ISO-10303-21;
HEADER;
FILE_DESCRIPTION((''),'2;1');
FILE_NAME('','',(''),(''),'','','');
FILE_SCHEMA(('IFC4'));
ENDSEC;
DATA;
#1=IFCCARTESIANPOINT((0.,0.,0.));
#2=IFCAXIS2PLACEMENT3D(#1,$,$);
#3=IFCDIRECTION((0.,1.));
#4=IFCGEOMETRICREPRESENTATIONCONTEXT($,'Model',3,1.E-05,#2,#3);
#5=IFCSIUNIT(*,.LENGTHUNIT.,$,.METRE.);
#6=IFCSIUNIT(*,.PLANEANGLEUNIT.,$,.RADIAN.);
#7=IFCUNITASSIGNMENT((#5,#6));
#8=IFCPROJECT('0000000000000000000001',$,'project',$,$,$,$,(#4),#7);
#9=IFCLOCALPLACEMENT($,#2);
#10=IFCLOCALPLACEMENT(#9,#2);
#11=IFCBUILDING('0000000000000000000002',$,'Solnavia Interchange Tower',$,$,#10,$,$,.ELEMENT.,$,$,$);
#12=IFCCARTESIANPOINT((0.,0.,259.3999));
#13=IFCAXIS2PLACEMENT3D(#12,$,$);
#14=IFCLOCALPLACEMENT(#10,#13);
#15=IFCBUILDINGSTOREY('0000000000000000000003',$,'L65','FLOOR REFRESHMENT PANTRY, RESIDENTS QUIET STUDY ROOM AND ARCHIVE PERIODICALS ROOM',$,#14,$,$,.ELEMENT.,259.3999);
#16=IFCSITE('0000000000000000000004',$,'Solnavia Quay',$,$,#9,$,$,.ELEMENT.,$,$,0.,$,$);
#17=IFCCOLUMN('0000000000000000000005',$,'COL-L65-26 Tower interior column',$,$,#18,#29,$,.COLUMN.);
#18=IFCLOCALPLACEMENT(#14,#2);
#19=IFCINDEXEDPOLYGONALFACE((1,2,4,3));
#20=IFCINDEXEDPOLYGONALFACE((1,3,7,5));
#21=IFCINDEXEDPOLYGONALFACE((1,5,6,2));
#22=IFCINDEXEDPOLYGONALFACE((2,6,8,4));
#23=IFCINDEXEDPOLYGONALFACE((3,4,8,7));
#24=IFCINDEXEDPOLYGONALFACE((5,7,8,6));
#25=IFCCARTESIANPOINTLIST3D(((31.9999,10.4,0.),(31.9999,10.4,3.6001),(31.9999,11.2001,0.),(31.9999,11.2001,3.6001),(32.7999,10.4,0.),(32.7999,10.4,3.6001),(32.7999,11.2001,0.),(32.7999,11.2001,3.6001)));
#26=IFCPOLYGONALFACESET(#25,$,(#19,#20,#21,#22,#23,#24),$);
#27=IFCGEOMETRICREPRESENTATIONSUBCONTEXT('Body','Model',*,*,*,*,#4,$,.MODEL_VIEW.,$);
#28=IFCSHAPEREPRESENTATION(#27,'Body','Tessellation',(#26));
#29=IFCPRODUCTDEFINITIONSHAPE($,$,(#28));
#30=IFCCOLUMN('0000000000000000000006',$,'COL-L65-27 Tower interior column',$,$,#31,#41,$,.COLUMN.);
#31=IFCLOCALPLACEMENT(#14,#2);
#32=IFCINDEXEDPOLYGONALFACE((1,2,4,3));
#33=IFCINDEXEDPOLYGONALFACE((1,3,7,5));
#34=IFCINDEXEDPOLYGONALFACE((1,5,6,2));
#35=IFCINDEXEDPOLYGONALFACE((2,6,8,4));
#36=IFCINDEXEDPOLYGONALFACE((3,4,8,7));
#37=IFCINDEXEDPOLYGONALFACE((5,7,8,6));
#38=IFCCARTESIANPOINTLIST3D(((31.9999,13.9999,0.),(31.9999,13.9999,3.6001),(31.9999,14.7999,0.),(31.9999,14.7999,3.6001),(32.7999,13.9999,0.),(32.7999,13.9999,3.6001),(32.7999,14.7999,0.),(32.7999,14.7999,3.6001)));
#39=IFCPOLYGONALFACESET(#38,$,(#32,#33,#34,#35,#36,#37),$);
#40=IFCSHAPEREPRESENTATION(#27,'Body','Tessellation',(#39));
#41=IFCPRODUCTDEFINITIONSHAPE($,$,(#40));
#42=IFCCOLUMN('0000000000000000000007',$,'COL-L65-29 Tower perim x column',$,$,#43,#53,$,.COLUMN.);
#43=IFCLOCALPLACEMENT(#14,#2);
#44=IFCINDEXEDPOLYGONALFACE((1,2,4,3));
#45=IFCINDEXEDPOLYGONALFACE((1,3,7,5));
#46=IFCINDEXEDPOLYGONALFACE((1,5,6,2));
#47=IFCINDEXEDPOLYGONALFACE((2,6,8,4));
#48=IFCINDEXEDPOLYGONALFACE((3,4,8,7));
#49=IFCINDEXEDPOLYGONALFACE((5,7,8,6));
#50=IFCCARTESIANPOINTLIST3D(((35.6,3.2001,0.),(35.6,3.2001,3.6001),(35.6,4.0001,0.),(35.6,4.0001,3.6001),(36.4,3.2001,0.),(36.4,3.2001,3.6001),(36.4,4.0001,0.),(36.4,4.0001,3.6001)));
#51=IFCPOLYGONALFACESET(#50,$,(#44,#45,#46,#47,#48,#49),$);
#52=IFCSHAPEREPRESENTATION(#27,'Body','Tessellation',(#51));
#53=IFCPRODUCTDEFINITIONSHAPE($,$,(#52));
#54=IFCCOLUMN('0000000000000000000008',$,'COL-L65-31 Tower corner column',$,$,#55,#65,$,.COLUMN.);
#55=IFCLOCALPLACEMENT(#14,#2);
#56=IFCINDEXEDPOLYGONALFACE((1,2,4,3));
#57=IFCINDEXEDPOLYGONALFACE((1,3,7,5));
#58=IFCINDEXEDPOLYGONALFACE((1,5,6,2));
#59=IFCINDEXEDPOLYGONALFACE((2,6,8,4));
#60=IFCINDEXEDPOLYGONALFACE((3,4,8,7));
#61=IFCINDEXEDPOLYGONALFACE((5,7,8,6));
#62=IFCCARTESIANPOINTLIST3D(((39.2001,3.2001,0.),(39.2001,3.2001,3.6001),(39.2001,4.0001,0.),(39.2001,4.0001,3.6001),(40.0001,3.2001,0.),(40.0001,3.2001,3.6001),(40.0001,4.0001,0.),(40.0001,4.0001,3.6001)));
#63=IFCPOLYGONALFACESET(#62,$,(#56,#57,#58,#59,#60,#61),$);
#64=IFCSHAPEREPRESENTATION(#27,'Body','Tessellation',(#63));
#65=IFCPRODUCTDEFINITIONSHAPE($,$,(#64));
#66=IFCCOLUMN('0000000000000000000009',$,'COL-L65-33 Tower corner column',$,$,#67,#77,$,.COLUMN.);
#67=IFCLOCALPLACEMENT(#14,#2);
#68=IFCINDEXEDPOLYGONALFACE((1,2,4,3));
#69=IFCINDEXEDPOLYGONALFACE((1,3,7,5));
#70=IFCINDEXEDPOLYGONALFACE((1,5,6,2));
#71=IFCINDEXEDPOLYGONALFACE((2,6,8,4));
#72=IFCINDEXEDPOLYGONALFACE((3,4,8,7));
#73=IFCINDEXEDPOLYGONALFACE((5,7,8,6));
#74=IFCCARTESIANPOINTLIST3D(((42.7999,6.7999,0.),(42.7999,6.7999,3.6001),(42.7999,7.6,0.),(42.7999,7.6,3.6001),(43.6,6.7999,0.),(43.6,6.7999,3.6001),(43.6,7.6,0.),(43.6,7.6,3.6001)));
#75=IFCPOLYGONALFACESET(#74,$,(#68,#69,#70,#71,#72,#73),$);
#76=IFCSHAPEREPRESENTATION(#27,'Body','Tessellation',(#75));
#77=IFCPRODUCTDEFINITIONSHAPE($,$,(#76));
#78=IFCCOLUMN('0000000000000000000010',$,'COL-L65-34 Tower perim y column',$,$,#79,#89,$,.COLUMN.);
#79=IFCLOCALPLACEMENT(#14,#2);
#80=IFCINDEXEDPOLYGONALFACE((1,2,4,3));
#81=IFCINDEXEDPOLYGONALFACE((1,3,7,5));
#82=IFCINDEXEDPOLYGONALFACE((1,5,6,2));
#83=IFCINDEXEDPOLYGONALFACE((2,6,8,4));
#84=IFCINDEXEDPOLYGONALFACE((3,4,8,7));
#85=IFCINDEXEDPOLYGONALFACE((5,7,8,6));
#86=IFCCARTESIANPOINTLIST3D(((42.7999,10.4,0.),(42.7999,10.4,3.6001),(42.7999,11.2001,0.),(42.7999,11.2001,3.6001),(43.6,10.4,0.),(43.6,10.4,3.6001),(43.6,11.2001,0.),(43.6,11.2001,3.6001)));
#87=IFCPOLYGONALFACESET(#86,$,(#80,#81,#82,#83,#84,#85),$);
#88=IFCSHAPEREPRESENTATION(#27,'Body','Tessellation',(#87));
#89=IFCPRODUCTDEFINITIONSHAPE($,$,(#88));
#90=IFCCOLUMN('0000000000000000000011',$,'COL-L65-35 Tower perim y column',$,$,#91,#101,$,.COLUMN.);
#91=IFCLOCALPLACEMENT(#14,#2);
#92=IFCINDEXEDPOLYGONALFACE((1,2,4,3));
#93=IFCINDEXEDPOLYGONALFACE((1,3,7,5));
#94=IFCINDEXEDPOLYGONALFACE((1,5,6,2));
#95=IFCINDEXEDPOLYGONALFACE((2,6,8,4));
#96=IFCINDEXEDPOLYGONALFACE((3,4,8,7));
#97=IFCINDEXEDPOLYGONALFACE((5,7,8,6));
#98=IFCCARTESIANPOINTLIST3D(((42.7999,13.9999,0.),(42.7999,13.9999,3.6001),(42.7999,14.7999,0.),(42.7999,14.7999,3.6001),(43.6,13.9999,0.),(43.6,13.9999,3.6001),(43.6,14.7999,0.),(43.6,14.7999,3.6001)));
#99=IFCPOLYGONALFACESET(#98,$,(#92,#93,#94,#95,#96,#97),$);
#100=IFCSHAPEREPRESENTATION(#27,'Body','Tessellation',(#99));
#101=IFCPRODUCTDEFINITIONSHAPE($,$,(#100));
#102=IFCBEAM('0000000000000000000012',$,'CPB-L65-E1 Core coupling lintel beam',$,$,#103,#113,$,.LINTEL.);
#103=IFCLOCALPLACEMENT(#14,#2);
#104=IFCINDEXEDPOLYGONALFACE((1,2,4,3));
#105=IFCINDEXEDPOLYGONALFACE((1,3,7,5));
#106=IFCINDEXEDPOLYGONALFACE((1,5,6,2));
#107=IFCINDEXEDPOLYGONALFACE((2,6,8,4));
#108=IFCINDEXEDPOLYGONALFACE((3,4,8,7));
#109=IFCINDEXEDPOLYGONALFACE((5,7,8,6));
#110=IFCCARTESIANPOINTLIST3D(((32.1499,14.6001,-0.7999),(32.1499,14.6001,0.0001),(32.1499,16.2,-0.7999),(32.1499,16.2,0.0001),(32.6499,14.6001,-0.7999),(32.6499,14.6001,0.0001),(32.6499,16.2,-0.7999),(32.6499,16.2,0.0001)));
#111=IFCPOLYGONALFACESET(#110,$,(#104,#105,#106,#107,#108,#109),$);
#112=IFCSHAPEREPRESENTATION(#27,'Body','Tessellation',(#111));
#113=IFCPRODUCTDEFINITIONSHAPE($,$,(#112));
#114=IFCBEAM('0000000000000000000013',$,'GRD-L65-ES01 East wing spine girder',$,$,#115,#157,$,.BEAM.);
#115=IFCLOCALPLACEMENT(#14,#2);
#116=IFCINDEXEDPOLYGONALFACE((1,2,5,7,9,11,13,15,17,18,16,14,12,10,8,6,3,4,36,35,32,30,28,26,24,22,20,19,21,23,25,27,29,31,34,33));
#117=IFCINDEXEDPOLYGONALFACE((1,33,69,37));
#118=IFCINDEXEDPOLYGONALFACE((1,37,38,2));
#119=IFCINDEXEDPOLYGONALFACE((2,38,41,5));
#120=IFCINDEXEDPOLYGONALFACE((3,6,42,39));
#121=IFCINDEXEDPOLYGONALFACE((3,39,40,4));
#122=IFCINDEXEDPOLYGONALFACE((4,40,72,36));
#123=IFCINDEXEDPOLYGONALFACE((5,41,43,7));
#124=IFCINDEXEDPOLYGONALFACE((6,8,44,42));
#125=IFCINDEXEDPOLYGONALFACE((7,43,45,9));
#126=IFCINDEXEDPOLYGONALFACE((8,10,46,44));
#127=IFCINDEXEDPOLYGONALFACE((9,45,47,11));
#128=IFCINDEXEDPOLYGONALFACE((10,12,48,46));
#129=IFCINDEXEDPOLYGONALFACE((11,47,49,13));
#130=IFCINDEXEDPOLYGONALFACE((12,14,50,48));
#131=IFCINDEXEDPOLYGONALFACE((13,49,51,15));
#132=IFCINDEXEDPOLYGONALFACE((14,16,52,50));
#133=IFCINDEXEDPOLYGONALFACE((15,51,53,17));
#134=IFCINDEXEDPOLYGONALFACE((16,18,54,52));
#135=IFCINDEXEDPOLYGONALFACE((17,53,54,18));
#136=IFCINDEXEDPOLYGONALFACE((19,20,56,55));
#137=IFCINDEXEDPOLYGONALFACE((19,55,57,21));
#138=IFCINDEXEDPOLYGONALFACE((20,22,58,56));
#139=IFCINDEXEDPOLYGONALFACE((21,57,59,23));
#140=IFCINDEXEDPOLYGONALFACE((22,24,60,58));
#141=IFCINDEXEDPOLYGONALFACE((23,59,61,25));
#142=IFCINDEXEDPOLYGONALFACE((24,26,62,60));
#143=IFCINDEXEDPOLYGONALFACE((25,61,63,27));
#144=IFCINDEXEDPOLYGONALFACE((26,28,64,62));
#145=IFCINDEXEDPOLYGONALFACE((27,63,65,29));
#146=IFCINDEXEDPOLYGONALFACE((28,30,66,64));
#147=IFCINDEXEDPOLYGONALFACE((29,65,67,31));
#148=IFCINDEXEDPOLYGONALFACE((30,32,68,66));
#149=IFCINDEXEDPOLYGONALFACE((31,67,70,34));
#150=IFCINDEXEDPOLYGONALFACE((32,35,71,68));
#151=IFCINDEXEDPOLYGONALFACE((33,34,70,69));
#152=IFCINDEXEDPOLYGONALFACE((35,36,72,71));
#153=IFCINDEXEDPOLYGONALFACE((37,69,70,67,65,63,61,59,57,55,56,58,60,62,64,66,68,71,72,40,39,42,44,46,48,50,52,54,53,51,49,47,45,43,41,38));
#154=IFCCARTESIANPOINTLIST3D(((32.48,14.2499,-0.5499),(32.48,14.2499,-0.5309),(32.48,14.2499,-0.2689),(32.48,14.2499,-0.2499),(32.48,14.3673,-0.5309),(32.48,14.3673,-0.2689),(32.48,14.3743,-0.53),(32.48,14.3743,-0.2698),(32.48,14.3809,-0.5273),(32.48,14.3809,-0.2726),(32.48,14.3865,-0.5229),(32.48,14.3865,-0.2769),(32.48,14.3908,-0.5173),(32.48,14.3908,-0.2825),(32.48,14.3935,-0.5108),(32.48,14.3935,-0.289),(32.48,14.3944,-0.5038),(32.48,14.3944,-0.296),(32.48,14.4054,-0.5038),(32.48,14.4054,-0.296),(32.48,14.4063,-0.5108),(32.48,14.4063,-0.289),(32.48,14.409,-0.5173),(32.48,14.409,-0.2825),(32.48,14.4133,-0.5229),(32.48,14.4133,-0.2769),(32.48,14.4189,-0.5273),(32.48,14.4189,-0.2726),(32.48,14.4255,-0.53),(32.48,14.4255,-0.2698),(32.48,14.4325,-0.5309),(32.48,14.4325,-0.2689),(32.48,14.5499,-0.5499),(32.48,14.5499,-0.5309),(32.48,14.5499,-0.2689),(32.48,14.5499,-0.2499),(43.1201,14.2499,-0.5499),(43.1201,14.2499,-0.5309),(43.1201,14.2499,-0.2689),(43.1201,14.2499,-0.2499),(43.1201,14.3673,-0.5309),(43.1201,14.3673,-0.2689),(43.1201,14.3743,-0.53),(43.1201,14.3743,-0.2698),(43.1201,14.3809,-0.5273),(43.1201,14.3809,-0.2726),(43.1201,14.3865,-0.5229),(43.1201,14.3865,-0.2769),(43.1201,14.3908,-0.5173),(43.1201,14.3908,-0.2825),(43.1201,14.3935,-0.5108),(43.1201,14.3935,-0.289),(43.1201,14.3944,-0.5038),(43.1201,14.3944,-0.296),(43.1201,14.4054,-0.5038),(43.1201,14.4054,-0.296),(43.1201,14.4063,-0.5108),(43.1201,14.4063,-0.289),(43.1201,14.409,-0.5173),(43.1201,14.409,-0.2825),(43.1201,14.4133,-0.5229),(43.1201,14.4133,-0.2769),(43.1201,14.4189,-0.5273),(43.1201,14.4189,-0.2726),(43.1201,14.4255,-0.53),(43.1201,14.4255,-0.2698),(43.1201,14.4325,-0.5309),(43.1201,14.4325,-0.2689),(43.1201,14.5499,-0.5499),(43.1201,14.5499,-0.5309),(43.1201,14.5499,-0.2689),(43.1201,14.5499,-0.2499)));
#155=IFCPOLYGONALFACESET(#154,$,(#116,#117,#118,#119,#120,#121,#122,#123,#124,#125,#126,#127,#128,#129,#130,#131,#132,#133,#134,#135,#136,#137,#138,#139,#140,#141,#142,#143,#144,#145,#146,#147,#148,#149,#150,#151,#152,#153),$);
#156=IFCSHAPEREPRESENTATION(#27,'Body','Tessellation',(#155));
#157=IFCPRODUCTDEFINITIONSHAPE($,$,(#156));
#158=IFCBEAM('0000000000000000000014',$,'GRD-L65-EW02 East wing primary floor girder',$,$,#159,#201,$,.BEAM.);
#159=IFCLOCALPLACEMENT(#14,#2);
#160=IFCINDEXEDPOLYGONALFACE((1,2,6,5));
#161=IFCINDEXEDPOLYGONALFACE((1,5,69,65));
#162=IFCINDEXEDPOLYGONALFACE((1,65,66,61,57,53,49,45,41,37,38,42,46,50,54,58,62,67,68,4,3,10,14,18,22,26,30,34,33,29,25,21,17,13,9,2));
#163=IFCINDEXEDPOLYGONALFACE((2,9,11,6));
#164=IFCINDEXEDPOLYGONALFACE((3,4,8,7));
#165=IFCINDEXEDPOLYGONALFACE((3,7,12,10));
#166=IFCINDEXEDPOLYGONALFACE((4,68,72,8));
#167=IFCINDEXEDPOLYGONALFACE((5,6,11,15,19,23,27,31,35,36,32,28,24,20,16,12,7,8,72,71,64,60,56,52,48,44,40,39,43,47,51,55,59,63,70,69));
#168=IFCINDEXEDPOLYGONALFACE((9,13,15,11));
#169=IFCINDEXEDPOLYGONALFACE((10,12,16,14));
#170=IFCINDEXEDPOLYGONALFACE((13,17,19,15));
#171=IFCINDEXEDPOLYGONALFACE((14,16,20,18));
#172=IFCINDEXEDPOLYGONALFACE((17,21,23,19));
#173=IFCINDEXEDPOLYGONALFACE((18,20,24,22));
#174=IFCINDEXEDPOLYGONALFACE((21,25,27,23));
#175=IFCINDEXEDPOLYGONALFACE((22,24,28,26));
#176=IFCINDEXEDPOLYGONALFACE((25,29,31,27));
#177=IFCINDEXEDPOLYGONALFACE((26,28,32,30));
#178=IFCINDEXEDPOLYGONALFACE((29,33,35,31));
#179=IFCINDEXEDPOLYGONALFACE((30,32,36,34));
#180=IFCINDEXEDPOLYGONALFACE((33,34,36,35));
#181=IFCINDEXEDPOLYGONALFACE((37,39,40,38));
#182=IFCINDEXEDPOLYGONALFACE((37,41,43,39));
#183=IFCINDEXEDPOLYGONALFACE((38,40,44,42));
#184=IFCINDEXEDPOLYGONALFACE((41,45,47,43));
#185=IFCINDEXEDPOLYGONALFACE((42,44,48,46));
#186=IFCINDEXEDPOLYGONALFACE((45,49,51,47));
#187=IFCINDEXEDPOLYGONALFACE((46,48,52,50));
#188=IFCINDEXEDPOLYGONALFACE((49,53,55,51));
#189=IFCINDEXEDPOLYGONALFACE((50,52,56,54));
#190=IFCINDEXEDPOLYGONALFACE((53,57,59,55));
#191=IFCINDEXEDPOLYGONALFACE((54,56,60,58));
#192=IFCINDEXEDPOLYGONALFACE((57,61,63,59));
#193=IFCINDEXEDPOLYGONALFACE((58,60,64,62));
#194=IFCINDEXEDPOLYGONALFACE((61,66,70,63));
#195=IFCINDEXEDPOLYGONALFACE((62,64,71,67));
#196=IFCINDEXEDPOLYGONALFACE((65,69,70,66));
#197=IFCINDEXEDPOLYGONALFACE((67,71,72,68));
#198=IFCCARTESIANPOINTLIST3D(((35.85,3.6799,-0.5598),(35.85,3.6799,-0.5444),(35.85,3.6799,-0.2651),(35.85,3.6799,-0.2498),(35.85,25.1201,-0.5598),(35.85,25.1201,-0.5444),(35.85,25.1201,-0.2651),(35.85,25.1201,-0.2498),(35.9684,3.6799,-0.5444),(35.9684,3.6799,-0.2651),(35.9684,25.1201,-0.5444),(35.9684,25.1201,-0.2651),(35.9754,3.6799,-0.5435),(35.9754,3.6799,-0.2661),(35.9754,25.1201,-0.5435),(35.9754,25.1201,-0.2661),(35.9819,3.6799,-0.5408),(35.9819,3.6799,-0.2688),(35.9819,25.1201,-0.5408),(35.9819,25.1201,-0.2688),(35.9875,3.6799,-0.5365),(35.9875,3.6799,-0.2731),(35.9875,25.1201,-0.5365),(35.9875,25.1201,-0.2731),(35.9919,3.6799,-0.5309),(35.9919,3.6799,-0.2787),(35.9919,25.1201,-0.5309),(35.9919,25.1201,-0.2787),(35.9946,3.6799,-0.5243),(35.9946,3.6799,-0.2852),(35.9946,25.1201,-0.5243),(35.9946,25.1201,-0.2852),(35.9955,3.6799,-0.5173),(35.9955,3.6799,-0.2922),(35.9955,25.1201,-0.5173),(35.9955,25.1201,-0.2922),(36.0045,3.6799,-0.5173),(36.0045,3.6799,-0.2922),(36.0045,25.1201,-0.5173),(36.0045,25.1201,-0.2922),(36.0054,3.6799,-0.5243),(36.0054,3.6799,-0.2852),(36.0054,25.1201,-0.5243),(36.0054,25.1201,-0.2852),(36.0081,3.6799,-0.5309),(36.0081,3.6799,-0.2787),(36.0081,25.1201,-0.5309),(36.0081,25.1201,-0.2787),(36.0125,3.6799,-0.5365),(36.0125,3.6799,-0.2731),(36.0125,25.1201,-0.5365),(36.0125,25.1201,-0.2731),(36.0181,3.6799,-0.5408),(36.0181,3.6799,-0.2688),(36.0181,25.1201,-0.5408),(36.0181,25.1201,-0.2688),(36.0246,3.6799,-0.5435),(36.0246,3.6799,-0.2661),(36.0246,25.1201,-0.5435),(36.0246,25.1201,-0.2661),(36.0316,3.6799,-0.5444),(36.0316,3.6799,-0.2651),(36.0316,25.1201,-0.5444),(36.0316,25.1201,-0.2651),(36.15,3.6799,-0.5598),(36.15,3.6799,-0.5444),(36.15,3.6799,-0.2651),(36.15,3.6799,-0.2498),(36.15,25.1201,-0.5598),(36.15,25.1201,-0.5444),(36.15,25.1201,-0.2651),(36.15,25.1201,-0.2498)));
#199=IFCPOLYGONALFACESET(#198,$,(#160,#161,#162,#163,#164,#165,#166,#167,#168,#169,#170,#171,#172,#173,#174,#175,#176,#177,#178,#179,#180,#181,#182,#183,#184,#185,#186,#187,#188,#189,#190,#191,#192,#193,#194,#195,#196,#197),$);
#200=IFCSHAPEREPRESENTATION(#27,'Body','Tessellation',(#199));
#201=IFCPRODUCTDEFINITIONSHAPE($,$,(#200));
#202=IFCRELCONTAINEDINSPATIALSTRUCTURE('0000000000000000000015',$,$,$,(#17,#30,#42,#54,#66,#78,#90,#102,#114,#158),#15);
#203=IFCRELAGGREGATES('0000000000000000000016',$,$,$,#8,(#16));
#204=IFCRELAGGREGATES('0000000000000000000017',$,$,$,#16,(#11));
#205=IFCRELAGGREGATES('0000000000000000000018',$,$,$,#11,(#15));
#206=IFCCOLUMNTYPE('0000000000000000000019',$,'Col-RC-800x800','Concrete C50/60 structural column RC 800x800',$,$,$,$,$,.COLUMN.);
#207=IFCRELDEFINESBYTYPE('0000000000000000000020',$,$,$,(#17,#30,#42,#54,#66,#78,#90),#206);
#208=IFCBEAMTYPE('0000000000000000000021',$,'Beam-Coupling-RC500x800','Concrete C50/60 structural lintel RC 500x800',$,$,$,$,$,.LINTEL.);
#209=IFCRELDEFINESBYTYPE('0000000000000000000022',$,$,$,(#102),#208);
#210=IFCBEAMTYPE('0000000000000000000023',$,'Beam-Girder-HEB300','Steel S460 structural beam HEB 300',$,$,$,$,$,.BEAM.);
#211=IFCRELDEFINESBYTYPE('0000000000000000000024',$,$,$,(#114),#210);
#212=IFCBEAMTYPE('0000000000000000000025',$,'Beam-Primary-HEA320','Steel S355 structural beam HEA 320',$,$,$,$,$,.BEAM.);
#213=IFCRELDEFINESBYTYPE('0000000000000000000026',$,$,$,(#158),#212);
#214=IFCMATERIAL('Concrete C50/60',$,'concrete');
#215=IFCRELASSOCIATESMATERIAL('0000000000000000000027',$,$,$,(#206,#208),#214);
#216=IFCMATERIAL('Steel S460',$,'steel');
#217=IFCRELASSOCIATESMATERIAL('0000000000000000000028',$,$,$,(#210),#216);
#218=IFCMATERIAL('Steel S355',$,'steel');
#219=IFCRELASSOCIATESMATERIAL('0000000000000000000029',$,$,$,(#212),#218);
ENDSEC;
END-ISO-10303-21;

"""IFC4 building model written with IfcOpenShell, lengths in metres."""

from ifc_helpers import new_model, si_unit, direction, frame, origin, origin_2d, place, context, subcontext, project, spatial, rectangle, i_section, extrude, material, material_profile, profile_set, type_object, element, save


model = new_model("IFC4")

# Units and contexts
model_context = context("Model", 3, precision=1e-05, world=origin(), true_north=direction((0.0, 1.0)))
body_context = subcontext(model_context, "Body", "Model", "MODEL_VIEW")
ifc_project = project(units=[si_unit("LENGTHUNIT", "METRE"), si_unit("PLANEANGLEUNIT", "RADIAN")], contexts=[model_context])

# Site, building, storey
site_placement = place(None, origin())
site = spatial("IfcSite", under=ifc_project, at=site_placement, Name="Solnavia Quay", CompositionType="ELEMENT", RefElevation=0.0)
building_placement = place(site_placement, origin())
building = spatial("IfcBuilding", under=site, at=building_placement, Name="Solnavia Interchange Tower", CompositionType="ELEMENT")
storey_placement = place(building_placement, frame((0.0, 0.0, 259.3999)))
storey = spatial("IfcBuildingStorey", under=building, at=storey_placement, Name="L65", Description="FLOOR REFRESHMENT PANTRY, RESIDENTS QUIET STUDY ROOM AND ARCHIVE PERIODICALS ROOM", CompositionType="ELEMENT", Elevation=259.3999)

# Columns
ifc_material_1 = material(Name="Concrete C50/60", Category="concrete")
ifc_material_profile_1 = material_profile(ifc_material_1, rectangle(XDim=0.8, YDim=0.8, at=origin_2d()), Name="RC 800x800")
ifc_profile_set_1 = profile_set([ifc_material_profile_1], Name="Concrete C50/60")
column_type = type_object("IfcColumnType", Name="Col-RC-800x800", Description="Concrete C50/60 structural column RC 800x800", PredefinedType="COLUMN", material=ifc_profile_set_1)
for number, where, z_axis, x_axis, name in (
    (1, (32.3999, 10.8, 0.0), (0.0, 0.0, 1.0), (1.0, 0.0, 0.0), "COL-L65-26 Tower interior column"),
    (2, (32.3999, 14.3999, 0.0), (0.0, 0.0, 1.0), (1.0, 0.0, 0.0), "COL-L65-27 Tower interior column"),
    (3, (36.0, 3.6001, 0.0), (0.0, 0.0, 1.0), (1.0, 0.0, 0.0), "COL-L65-29 Tower perim x column"),
    (4, (39.6001, 3.6001, 0.0), (0.0, 0.0, 1.0), (1.0, 0.0, 0.0), "COL-L65-31 Tower corner column"),
    (5, (43.2, 7.2, 0.0), (0.0, 0.0, 1.0), (1.0, 0.0, 0.0), "COL-L65-33 Tower corner column"),
    (6, (43.2, 10.8, 0.0), (0.0, 0.0, 1.0), (0.0, 1.0, 0.0), "COL-L65-34 Tower perim y column"),
    (7, (43.2, 14.3999, 0.0), (0.0, 0.0, 1.0), (0.0, 1.0, 0.0), "COL-L65-35 Tower perim y column"),
):
    element("IfcColumn", number, at=place(storey_placement, frame(where, z_axis=z_axis, x_axis=x_axis)), inside=storey, type_object=column_type, Name=name, PredefinedType="COLUMN", context=body_context, shape_type="SweptSolid", body=[
        extrude(rectangle(XDim=0.8, YDim=0.8, at=origin_2d()), origin(), (0.0, 0.0, 1.0), 3.6001),
    ])

# Beams
ifc_material_profile_2 = material_profile(ifc_material_1, rectangle(XDim=0.5, YDim=0.8, at=origin_2d()), Name="RC 500x800")
ifc_profile_set_2 = profile_set([ifc_material_profile_2], Name="Concrete C50/60")
beam_type_1 = type_object("IfcBeamType", Name="Beam-Coupling-RC500x800", Description="Concrete C50/60 structural lintel RC 500x800", PredefinedType="LINTEL", material=ifc_profile_set_2)
beam_1_placement = place(storey_placement, frame((32.3999, 14.6001, -0.3999), z_axis=(0.0, 1.0, 0.0), x_axis=(-1.0, 0.0, 0.0)))
element("IfcBeam", 8, at=beam_1_placement, inside=storey, type_object=beam_type_1, Name="CPB-L65-E1 Core coupling lintel beam", PredefinedType="LINTEL", context=body_context, shape_type="SweptSolid", body=[
    extrude(rectangle(XDim=0.5, YDim=0.8, at=origin_2d()), origin(), (0.0, 0.0, 1.0), 1.5999),
])
ifc_material_2 = material(Name="Steel S460", Category="steel")
ifc_material_profile_3 = material_profile(ifc_material_2, i_section(OverallWidth=0.3, OverallDepth=0.3, WebThickness=0.011, FlangeThickness=0.019, FilletRadius=0.0271, at=origin_2d()), Name="HEB 300")
ifc_profile_set_3 = profile_set([ifc_material_profile_3], Name="Steel S460")
beam_type_2 = type_object("IfcBeamType", Name="Beam-Girder-HEB300", Description="Steel S460 structural beam HEB 300", PredefinedType="BEAM", material=ifc_profile_set_3)
beam_2_placement = place(storey_placement, frame((32.48, 14.3999, -0.3999), z_axis=(1.0, 0.0, 0.0), x_axis=(0.0, 1.0, 0.0)))
element("IfcBeam", 9, at=beam_2_placement, inside=storey, type_object=beam_type_2, Name="GRD-L65-ES01 East wing spine girder", PredefinedType="BEAM", context=body_context, shape_type="SweptSolid", body=[
    extrude(i_section(OverallWidth=0.3, OverallDepth=0.3, WebThickness=0.011, FlangeThickness=0.019, FilletRadius=0.0271, at=origin_2d()), origin(), (0.0, 0.0, 1.0), 10.6401),
])
ifc_material_3 = material(Name="Steel S355", Category="steel")
ifc_material_profile_4 = material_profile(ifc_material_3, i_section(OverallWidth=0.3, OverallDepth=0.3101, WebThickness=0.009, FlangeThickness=0.0154, FilletRadius=0.0271, at=origin_2d()), Name="HEA 320")
ifc_profile_set_4 = profile_set([ifc_material_profile_4], Name="Steel S355")
beam_type_3 = type_object("IfcBeamType", Name="Beam-Primary-HEA320", Description="Steel S355 structural beam HEA 320", PredefinedType="BEAM", material=ifc_profile_set_4)
beam_3_placement = place(storey_placement, frame((36.0, 3.6799, -0.4048), z_axis=(0.0, 1.0, 0.0), x_axis=(-1.0, 0.0, 0.0)))
element("IfcBeam", 10, at=beam_3_placement, inside=storey, type_object=beam_type_3, Name="GRD-L65-EW02 East wing primary floor girder", PredefinedType="BEAM", context=body_context, shape_type="SweptSolid", body=[
    extrude(i_section(OverallWidth=0.3, OverallDepth=0.3101, WebThickness=0.009, FlangeThickness=0.0154, FilletRadius=0.0271, at=origin_2d()), origin(), (0.0, 0.0, 1.0), 21.4402),
])

save(model, "model.ifc")
